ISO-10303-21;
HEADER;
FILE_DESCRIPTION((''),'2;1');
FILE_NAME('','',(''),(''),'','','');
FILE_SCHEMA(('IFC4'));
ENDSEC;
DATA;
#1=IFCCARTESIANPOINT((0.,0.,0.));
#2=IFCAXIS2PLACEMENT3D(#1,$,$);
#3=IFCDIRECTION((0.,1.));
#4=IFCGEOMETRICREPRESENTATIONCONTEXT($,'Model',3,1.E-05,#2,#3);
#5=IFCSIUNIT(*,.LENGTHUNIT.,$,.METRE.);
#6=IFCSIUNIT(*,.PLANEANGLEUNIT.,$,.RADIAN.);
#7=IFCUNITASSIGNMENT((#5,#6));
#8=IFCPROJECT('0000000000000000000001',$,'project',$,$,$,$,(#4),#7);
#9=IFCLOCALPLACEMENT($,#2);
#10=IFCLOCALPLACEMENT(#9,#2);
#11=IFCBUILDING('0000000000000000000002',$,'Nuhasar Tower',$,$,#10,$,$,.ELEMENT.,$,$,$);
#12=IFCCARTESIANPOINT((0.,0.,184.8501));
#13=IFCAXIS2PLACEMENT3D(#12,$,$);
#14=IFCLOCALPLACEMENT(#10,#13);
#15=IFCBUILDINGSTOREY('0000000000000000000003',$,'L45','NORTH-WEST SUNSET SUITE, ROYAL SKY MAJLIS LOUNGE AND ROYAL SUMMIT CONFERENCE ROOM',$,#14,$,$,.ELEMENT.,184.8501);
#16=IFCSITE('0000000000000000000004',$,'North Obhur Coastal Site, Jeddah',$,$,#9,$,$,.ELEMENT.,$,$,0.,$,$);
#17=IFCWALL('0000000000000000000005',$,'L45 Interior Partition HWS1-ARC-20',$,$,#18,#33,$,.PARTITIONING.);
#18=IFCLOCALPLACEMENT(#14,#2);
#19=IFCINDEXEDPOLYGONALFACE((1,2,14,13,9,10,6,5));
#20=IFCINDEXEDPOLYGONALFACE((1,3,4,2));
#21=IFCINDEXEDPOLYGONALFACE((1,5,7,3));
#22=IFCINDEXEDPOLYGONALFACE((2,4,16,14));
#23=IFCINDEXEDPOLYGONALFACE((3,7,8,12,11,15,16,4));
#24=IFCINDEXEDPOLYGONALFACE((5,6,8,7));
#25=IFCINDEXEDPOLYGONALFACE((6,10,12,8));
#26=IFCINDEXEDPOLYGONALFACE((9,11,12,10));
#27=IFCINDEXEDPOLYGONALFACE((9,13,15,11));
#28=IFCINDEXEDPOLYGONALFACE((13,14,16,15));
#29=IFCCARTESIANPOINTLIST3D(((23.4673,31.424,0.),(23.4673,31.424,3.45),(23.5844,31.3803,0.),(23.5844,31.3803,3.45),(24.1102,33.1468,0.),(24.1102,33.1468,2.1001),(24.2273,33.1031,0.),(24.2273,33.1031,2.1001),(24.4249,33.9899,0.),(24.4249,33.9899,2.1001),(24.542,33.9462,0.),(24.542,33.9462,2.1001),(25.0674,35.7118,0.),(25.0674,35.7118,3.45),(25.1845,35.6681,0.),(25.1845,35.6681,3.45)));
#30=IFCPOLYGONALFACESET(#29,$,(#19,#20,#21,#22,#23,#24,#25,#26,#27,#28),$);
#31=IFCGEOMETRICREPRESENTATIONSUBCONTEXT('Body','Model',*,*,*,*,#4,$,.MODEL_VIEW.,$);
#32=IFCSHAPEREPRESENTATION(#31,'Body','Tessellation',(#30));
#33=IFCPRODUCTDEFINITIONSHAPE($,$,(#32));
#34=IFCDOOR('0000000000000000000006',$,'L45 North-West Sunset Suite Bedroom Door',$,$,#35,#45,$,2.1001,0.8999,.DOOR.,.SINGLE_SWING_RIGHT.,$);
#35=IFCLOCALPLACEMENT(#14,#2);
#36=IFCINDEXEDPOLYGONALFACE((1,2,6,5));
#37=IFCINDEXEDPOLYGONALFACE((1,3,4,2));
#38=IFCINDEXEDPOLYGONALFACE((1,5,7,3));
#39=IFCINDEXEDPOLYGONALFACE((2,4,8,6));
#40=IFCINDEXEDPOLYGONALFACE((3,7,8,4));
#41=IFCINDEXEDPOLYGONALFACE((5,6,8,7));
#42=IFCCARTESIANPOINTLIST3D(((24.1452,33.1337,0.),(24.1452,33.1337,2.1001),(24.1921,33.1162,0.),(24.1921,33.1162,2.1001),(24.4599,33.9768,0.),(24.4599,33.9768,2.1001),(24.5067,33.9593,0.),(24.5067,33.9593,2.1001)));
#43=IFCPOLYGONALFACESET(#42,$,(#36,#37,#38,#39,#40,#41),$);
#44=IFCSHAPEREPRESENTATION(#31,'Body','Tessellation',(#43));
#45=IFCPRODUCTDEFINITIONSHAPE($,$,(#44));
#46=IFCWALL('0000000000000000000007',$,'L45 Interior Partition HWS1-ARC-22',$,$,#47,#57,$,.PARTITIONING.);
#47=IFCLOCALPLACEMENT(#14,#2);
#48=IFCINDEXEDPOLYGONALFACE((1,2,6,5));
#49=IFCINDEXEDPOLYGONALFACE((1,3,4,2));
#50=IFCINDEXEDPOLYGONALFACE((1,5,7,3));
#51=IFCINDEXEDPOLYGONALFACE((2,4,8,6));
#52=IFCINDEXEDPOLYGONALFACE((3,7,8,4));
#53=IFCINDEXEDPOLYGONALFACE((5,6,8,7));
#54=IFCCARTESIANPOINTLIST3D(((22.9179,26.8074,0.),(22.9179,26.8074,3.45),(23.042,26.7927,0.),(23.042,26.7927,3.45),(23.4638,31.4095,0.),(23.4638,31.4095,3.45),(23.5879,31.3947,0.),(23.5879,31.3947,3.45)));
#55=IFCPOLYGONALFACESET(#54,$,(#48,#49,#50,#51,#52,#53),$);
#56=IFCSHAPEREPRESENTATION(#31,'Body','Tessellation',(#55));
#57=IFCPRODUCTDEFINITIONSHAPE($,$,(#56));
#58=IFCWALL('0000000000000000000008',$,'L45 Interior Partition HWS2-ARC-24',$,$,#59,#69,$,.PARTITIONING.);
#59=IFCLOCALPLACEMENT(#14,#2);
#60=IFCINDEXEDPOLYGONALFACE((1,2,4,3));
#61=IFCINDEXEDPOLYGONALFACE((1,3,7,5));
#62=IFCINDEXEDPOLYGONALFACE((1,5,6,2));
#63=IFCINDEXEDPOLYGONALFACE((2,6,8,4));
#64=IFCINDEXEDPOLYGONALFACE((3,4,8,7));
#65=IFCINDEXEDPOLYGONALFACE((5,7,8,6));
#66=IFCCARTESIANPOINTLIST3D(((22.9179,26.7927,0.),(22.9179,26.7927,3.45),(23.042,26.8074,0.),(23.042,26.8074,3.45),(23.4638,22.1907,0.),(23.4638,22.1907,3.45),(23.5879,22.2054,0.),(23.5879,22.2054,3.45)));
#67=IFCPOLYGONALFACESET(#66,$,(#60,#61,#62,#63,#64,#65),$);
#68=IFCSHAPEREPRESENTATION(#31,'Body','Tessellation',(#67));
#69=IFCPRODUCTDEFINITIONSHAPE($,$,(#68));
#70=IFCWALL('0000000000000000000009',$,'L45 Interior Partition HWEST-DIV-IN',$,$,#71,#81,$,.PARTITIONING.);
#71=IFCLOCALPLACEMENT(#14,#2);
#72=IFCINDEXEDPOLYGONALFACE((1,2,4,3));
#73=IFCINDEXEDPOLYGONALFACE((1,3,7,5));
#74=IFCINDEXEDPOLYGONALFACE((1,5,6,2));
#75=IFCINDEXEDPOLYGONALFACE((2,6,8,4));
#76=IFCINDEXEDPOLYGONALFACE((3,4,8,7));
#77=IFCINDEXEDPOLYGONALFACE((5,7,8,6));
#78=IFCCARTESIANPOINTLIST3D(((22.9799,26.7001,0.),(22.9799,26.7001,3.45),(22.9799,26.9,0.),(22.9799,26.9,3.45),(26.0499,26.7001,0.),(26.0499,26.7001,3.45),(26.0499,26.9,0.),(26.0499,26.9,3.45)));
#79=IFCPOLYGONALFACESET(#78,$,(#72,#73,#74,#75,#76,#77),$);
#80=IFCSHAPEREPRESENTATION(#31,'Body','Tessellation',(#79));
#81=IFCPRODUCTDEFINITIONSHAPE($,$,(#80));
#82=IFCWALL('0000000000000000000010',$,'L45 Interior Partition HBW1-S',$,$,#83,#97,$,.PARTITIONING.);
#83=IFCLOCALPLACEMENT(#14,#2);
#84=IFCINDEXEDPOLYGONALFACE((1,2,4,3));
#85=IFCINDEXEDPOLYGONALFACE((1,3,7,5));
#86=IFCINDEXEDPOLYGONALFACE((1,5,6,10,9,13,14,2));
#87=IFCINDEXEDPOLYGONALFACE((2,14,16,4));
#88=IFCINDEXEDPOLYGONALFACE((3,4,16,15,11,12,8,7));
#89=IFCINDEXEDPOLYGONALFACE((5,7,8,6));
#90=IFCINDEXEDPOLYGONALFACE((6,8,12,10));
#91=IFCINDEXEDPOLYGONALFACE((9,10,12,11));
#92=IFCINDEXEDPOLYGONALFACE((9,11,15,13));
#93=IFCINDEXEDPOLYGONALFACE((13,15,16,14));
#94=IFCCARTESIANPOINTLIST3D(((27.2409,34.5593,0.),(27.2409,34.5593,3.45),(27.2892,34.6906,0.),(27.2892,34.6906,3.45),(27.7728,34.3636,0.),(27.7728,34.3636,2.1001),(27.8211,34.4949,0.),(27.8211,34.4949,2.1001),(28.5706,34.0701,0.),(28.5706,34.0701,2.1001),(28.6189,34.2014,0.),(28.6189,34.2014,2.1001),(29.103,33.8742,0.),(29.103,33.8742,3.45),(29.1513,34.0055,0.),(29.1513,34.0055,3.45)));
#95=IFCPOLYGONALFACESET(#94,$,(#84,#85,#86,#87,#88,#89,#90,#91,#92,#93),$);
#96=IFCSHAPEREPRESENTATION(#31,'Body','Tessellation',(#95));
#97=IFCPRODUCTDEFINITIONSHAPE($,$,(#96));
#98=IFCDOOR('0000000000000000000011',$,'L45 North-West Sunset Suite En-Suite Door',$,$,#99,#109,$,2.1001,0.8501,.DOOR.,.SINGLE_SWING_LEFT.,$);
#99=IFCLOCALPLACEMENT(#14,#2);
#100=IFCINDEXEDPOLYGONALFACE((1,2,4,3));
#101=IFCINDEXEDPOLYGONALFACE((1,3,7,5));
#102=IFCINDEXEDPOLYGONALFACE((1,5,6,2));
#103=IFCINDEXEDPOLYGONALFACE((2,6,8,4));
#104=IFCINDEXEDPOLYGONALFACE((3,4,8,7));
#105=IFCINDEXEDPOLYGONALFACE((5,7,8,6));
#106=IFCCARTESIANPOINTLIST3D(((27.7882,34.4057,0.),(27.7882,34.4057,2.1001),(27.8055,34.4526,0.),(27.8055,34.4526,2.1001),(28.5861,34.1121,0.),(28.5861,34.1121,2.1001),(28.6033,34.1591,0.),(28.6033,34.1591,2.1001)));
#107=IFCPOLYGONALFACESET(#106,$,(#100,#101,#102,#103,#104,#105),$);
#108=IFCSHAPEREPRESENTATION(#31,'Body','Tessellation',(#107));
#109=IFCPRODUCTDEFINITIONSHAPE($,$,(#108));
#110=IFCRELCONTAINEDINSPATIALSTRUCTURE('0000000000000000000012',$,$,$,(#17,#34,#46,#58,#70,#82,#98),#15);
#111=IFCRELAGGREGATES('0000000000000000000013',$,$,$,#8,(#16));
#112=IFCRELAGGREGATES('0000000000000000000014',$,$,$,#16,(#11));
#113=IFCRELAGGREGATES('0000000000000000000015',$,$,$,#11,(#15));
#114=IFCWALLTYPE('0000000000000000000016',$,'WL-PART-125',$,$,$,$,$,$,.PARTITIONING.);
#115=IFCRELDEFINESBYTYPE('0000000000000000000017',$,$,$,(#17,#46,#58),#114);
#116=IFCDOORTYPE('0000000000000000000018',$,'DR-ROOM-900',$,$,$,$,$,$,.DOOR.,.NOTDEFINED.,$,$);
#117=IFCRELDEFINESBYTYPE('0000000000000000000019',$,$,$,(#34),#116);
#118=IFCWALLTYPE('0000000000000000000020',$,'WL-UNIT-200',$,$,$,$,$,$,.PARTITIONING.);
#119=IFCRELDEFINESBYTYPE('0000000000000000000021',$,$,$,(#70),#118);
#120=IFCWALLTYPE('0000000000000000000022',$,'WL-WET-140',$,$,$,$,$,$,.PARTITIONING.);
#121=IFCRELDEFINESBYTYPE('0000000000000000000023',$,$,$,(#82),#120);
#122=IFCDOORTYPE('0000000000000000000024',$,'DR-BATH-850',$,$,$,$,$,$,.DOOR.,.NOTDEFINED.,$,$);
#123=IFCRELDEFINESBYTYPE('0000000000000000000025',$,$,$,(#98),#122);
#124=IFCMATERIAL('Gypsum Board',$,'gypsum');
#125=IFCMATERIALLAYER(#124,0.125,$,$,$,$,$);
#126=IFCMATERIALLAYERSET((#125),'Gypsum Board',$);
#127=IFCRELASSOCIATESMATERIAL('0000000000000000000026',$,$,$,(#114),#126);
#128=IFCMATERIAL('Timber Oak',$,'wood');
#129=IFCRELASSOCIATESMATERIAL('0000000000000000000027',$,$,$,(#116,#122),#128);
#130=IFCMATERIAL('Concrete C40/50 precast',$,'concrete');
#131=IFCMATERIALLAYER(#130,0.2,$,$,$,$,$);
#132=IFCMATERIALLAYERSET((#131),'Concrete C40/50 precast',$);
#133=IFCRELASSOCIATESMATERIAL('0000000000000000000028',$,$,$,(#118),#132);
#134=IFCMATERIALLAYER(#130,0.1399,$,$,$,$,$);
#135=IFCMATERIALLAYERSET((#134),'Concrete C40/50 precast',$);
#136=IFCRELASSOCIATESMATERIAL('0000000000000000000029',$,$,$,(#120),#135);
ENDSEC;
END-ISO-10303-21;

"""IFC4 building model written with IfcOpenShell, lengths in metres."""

from ifc_helpers import new_model, si_unit, direction, frame, frame_2d, origin, place, context, subcontext, project, spatial, rectangle, extrude, material, layer, layer_set, type_object, element, fill, save


model = new_model("IFC4")

# Units and contexts
model_context = context("Model", 3, precision=1e-05, world=origin(), true_north=direction((0.0, 1.0)))
body_context = subcontext(model_context, "Body", "Model", "MODEL_VIEW")
ifc_project = project(units=[si_unit("LENGTHUNIT", "METRE"), si_unit("PLANEANGLEUNIT", "RADIAN")], contexts=[model_context])

# Site, building, storey
site_placement = place(None, origin())
site = spatial("IfcSite", under=ifc_project, at=site_placement, Name="North Obhur Coastal Site, Jeddah", CompositionType="ELEMENT", RefElevation=0.0)
building_placement = place(site_placement, origin())
building = spatial("IfcBuilding", under=site, at=building_placement, Name="Nuhasar Tower", CompositionType="ELEMENT")
storey_placement = place(building_placement, frame((0.0, 0.0, 184.8501)))
storey = spatial("IfcBuildingStorey", under=building, at=storey_placement, Name="L45", Description="NORTH-WEST SUNSET SUITE, ROYAL SKY MAJLIS LOUNGE AND ROYAL SUMMIT CONFERENCE ROOM", CompositionType="ELEMENT", Elevation=184.8501)

# Shared definitions
ifc_material_1 = material(Name="Gypsum Board", Category="gypsum")

# Shared definitions
ifc_material_2 = material(Name="Timber Oak", Category="wood")

# Shared definitions
ifc_layer_1 = layer(ifc_material_1, 0.125)
ifc_layer_set_1 = layer_set([ifc_layer_1], Name="Gypsum Board")
wall_type_1 = type_object("IfcWallType", Name="WL-PART-125", PredefinedType="PARTITIONING", material=ifc_layer_set_1)

# Wall, opening, door
wall_1_placement = place(storey_placement, frame((25.126, 35.6899, 0.0), z_axis=(0.0, 0.0, 1.0), x_axis=(-0.349621, -0.936891, 0.0)))
wall_1 = element("IfcWall", 1, at=wall_1_placement, inside=storey, type_object=wall_type_1, Name="L45 Interior Partition HWS1-ARC-20", PredefinedType="PARTITIONING", context=body_context, shape_type="SweptSolid", body=[
    extrude(rectangle(XDim=4.5767, YDim=0.125, at=frame_2d((2.2883, 0.0))), origin(), (0.0, 0.0, 1.0), 3.45),
])
opening_1_placement = place(wall_1_placement, frame((1.8379, 0.0, 0.0)))
opening_1 = element("IfcOpeningElement", 2, at=opening_1_placement, cuts=wall_1, PredefinedType="OPENING", context=body_context, shape_type="SweptSolid", body=[
    extrude(rectangle(XDim=0.8999, YDim=2.1001, at=frame_2d((0.45, 1.05))), frame((0.0, 0.0725, 0.0), z_axis=(0.0, -1.0, 0.0), x_axis=(1.0, 0.0, 0.0)), (0.0, 0.0, 1.0), 0.145),
])
door_type_1 = type_object("IfcDoorType", Name="DR-ROOM-900", OperationType="NOTDEFINED", PredefinedType="DOOR", material=ifc_material_2)
door_1_placement = place(opening_1_placement, origin())
door_1 = element("IfcDoor", 3, at=door_1_placement, inside=storey, type_object=door_type_1, Name="L45 North-West Sunset Suite Bedroom Door", OperationType="SINGLE_SWING_RIGHT", OverallHeight=2.1001, OverallWidth=0.8999, PredefinedType="DOOR", context=body_context, shape_type="SweptSolid", body=[
    extrude(rectangle(XDim=0.8999, YDim=2.1001, at=frame_2d((0.45, 1.05))), frame((0.0, 0.0249, 0.0), z_axis=(0.0, -1.0, 0.0), x_axis=(1.0, 0.0, 0.0)), (0.0, 0.0, 1.0), 0.05),
])
fill(opening_1, door_1)

# Walls
for number, where, z_axis, x_axis, name in (
    (4, (23.5259, 31.4021, 0.0), (0.0, 0.0, 1.0), (-0.117795, -0.993038, 0.0), "L45 Interior Partition HWS1-ARC-22"),
    (5, (22.98, 26.8, 0.0), (0.0, 0.0, 1.0), (0.117795, -0.993038, 0.0), "L45 Interior Partition HWS2-ARC-24"),
):
    element("IfcWall", number, at=place(storey_placement, frame(where, z_axis=z_axis, x_axis=x_axis)), inside=storey, type_object=wall_type_1, Name=name, PredefinedType="PARTITIONING", context=body_context, shape_type="SweptSolid", body=[
        extrude(rectangle(XDim=4.6343, YDim=0.125, at=frame_2d((2.3171, 0.0))), origin(), (0.0, 0.0, 1.0), 3.45),
    ])
ifc_material_3 = material(Name="Concrete C40/50 precast", Category="concrete")
ifc_layer_2 = layer(ifc_material_3, 0.2)
ifc_layer_set_2 = layer_set([ifc_layer_2], Name="Concrete C40/50 precast")
wall_type_2 = type_object("IfcWallType", Name="WL-UNIT-200", PredefinedType="PARTITIONING", material=ifc_layer_set_2)
wall_2_placement = place(storey_placement, frame((26.05, 26.8, 0.0), z_axis=(0.0, 0.0, 1.0), x_axis=(-1.0, 0.0, 0.0)))
element("IfcWall", 6, at=wall_2_placement, inside=storey, type_object=wall_type_2, Name="L45 Interior Partition HWEST-DIV-IN", PredefinedType="PARTITIONING", context=body_context, shape_type="SweptSolid", body=[
    extrude(rectangle(XDim=3.0701, YDim=0.2, at=frame_2d((1.5352, 0.0))), origin(), (0.0, 0.0, 1.0), 3.45),
])

# Wall, opening, door
ifc_layer_3 = layer(ifc_material_3, 0.1399)
ifc_layer_set_3 = layer_set([ifc_layer_3], Name="Concrete C40/50 precast")
wall_type_3 = type_object("IfcWallType", Name="WL-WET-140", PredefinedType="PARTITIONING", material=ifc_layer_set_3)
wall_3_placement = place(storey_placement, frame((27.2649, 34.625, 0.0), z_axis=(0.0, 0.0, 1.0), x_axis=(0.938501, -0.345278, 0.0)))
wall_3 = element("IfcWall", 7, at=wall_3_placement, inside=storey, type_object=wall_type_3, Name="L45 Interior Partition HBW1-S", PredefinedType="PARTITIONING", context=body_context, shape_type="SweptSolid", body=[
    extrude(rectangle(XDim=1.9841, YDim=0.1399, at=frame_2d((0.9922, 0.0))), origin(), (0.0, 0.0, 1.0), 3.45),
])
opening_2_placement = place(wall_3_placement, frame((0.5669, 0.0, 0.0)))
opening_2 = element("IfcOpeningElement", 8, at=opening_2_placement, cuts=wall_3, PredefinedType="OPENING", context=body_context, shape_type="SweptSolid", body=[
    extrude(rectangle(XDim=0.8501, YDim=2.1001, at=frame_2d((0.425, 1.05))), frame((0.0, 0.0801, 0.0), z_axis=(0.0, -1.0, 0.0), x_axis=(1.0, 0.0, 0.0)), (0.0, 0.0, 1.0), 0.1599),
])
door_type_2 = type_object("IfcDoorType", Name="DR-BATH-850", OperationType="NOTDEFINED", PredefinedType="DOOR", material=ifc_material_2)
door_2_placement = place(opening_2_placement, origin())
door_2 = element("IfcDoor", 9, at=door_2_placement, inside=storey, type_object=door_type_2, Name="L45 North-West Sunset Suite En-Suite Door", OperationType="SINGLE_SWING_LEFT", OverallHeight=2.1001, OverallWidth=0.8501, PredefinedType="DOOR", context=body_context, shape_type="SweptSolid", body=[
    extrude(rectangle(XDim=0.8501, YDim=2.1001, at=frame_2d((0.425, 1.05))), frame((0.0, 0.0249, 0.0), z_axis=(0.0, -1.0, 0.0), x_axis=(1.0, 0.0, 0.0)), (0.0, 0.0, 1.0), 0.05),
])
fill(opening_2, door_2)

save(model, "model.ifc")
